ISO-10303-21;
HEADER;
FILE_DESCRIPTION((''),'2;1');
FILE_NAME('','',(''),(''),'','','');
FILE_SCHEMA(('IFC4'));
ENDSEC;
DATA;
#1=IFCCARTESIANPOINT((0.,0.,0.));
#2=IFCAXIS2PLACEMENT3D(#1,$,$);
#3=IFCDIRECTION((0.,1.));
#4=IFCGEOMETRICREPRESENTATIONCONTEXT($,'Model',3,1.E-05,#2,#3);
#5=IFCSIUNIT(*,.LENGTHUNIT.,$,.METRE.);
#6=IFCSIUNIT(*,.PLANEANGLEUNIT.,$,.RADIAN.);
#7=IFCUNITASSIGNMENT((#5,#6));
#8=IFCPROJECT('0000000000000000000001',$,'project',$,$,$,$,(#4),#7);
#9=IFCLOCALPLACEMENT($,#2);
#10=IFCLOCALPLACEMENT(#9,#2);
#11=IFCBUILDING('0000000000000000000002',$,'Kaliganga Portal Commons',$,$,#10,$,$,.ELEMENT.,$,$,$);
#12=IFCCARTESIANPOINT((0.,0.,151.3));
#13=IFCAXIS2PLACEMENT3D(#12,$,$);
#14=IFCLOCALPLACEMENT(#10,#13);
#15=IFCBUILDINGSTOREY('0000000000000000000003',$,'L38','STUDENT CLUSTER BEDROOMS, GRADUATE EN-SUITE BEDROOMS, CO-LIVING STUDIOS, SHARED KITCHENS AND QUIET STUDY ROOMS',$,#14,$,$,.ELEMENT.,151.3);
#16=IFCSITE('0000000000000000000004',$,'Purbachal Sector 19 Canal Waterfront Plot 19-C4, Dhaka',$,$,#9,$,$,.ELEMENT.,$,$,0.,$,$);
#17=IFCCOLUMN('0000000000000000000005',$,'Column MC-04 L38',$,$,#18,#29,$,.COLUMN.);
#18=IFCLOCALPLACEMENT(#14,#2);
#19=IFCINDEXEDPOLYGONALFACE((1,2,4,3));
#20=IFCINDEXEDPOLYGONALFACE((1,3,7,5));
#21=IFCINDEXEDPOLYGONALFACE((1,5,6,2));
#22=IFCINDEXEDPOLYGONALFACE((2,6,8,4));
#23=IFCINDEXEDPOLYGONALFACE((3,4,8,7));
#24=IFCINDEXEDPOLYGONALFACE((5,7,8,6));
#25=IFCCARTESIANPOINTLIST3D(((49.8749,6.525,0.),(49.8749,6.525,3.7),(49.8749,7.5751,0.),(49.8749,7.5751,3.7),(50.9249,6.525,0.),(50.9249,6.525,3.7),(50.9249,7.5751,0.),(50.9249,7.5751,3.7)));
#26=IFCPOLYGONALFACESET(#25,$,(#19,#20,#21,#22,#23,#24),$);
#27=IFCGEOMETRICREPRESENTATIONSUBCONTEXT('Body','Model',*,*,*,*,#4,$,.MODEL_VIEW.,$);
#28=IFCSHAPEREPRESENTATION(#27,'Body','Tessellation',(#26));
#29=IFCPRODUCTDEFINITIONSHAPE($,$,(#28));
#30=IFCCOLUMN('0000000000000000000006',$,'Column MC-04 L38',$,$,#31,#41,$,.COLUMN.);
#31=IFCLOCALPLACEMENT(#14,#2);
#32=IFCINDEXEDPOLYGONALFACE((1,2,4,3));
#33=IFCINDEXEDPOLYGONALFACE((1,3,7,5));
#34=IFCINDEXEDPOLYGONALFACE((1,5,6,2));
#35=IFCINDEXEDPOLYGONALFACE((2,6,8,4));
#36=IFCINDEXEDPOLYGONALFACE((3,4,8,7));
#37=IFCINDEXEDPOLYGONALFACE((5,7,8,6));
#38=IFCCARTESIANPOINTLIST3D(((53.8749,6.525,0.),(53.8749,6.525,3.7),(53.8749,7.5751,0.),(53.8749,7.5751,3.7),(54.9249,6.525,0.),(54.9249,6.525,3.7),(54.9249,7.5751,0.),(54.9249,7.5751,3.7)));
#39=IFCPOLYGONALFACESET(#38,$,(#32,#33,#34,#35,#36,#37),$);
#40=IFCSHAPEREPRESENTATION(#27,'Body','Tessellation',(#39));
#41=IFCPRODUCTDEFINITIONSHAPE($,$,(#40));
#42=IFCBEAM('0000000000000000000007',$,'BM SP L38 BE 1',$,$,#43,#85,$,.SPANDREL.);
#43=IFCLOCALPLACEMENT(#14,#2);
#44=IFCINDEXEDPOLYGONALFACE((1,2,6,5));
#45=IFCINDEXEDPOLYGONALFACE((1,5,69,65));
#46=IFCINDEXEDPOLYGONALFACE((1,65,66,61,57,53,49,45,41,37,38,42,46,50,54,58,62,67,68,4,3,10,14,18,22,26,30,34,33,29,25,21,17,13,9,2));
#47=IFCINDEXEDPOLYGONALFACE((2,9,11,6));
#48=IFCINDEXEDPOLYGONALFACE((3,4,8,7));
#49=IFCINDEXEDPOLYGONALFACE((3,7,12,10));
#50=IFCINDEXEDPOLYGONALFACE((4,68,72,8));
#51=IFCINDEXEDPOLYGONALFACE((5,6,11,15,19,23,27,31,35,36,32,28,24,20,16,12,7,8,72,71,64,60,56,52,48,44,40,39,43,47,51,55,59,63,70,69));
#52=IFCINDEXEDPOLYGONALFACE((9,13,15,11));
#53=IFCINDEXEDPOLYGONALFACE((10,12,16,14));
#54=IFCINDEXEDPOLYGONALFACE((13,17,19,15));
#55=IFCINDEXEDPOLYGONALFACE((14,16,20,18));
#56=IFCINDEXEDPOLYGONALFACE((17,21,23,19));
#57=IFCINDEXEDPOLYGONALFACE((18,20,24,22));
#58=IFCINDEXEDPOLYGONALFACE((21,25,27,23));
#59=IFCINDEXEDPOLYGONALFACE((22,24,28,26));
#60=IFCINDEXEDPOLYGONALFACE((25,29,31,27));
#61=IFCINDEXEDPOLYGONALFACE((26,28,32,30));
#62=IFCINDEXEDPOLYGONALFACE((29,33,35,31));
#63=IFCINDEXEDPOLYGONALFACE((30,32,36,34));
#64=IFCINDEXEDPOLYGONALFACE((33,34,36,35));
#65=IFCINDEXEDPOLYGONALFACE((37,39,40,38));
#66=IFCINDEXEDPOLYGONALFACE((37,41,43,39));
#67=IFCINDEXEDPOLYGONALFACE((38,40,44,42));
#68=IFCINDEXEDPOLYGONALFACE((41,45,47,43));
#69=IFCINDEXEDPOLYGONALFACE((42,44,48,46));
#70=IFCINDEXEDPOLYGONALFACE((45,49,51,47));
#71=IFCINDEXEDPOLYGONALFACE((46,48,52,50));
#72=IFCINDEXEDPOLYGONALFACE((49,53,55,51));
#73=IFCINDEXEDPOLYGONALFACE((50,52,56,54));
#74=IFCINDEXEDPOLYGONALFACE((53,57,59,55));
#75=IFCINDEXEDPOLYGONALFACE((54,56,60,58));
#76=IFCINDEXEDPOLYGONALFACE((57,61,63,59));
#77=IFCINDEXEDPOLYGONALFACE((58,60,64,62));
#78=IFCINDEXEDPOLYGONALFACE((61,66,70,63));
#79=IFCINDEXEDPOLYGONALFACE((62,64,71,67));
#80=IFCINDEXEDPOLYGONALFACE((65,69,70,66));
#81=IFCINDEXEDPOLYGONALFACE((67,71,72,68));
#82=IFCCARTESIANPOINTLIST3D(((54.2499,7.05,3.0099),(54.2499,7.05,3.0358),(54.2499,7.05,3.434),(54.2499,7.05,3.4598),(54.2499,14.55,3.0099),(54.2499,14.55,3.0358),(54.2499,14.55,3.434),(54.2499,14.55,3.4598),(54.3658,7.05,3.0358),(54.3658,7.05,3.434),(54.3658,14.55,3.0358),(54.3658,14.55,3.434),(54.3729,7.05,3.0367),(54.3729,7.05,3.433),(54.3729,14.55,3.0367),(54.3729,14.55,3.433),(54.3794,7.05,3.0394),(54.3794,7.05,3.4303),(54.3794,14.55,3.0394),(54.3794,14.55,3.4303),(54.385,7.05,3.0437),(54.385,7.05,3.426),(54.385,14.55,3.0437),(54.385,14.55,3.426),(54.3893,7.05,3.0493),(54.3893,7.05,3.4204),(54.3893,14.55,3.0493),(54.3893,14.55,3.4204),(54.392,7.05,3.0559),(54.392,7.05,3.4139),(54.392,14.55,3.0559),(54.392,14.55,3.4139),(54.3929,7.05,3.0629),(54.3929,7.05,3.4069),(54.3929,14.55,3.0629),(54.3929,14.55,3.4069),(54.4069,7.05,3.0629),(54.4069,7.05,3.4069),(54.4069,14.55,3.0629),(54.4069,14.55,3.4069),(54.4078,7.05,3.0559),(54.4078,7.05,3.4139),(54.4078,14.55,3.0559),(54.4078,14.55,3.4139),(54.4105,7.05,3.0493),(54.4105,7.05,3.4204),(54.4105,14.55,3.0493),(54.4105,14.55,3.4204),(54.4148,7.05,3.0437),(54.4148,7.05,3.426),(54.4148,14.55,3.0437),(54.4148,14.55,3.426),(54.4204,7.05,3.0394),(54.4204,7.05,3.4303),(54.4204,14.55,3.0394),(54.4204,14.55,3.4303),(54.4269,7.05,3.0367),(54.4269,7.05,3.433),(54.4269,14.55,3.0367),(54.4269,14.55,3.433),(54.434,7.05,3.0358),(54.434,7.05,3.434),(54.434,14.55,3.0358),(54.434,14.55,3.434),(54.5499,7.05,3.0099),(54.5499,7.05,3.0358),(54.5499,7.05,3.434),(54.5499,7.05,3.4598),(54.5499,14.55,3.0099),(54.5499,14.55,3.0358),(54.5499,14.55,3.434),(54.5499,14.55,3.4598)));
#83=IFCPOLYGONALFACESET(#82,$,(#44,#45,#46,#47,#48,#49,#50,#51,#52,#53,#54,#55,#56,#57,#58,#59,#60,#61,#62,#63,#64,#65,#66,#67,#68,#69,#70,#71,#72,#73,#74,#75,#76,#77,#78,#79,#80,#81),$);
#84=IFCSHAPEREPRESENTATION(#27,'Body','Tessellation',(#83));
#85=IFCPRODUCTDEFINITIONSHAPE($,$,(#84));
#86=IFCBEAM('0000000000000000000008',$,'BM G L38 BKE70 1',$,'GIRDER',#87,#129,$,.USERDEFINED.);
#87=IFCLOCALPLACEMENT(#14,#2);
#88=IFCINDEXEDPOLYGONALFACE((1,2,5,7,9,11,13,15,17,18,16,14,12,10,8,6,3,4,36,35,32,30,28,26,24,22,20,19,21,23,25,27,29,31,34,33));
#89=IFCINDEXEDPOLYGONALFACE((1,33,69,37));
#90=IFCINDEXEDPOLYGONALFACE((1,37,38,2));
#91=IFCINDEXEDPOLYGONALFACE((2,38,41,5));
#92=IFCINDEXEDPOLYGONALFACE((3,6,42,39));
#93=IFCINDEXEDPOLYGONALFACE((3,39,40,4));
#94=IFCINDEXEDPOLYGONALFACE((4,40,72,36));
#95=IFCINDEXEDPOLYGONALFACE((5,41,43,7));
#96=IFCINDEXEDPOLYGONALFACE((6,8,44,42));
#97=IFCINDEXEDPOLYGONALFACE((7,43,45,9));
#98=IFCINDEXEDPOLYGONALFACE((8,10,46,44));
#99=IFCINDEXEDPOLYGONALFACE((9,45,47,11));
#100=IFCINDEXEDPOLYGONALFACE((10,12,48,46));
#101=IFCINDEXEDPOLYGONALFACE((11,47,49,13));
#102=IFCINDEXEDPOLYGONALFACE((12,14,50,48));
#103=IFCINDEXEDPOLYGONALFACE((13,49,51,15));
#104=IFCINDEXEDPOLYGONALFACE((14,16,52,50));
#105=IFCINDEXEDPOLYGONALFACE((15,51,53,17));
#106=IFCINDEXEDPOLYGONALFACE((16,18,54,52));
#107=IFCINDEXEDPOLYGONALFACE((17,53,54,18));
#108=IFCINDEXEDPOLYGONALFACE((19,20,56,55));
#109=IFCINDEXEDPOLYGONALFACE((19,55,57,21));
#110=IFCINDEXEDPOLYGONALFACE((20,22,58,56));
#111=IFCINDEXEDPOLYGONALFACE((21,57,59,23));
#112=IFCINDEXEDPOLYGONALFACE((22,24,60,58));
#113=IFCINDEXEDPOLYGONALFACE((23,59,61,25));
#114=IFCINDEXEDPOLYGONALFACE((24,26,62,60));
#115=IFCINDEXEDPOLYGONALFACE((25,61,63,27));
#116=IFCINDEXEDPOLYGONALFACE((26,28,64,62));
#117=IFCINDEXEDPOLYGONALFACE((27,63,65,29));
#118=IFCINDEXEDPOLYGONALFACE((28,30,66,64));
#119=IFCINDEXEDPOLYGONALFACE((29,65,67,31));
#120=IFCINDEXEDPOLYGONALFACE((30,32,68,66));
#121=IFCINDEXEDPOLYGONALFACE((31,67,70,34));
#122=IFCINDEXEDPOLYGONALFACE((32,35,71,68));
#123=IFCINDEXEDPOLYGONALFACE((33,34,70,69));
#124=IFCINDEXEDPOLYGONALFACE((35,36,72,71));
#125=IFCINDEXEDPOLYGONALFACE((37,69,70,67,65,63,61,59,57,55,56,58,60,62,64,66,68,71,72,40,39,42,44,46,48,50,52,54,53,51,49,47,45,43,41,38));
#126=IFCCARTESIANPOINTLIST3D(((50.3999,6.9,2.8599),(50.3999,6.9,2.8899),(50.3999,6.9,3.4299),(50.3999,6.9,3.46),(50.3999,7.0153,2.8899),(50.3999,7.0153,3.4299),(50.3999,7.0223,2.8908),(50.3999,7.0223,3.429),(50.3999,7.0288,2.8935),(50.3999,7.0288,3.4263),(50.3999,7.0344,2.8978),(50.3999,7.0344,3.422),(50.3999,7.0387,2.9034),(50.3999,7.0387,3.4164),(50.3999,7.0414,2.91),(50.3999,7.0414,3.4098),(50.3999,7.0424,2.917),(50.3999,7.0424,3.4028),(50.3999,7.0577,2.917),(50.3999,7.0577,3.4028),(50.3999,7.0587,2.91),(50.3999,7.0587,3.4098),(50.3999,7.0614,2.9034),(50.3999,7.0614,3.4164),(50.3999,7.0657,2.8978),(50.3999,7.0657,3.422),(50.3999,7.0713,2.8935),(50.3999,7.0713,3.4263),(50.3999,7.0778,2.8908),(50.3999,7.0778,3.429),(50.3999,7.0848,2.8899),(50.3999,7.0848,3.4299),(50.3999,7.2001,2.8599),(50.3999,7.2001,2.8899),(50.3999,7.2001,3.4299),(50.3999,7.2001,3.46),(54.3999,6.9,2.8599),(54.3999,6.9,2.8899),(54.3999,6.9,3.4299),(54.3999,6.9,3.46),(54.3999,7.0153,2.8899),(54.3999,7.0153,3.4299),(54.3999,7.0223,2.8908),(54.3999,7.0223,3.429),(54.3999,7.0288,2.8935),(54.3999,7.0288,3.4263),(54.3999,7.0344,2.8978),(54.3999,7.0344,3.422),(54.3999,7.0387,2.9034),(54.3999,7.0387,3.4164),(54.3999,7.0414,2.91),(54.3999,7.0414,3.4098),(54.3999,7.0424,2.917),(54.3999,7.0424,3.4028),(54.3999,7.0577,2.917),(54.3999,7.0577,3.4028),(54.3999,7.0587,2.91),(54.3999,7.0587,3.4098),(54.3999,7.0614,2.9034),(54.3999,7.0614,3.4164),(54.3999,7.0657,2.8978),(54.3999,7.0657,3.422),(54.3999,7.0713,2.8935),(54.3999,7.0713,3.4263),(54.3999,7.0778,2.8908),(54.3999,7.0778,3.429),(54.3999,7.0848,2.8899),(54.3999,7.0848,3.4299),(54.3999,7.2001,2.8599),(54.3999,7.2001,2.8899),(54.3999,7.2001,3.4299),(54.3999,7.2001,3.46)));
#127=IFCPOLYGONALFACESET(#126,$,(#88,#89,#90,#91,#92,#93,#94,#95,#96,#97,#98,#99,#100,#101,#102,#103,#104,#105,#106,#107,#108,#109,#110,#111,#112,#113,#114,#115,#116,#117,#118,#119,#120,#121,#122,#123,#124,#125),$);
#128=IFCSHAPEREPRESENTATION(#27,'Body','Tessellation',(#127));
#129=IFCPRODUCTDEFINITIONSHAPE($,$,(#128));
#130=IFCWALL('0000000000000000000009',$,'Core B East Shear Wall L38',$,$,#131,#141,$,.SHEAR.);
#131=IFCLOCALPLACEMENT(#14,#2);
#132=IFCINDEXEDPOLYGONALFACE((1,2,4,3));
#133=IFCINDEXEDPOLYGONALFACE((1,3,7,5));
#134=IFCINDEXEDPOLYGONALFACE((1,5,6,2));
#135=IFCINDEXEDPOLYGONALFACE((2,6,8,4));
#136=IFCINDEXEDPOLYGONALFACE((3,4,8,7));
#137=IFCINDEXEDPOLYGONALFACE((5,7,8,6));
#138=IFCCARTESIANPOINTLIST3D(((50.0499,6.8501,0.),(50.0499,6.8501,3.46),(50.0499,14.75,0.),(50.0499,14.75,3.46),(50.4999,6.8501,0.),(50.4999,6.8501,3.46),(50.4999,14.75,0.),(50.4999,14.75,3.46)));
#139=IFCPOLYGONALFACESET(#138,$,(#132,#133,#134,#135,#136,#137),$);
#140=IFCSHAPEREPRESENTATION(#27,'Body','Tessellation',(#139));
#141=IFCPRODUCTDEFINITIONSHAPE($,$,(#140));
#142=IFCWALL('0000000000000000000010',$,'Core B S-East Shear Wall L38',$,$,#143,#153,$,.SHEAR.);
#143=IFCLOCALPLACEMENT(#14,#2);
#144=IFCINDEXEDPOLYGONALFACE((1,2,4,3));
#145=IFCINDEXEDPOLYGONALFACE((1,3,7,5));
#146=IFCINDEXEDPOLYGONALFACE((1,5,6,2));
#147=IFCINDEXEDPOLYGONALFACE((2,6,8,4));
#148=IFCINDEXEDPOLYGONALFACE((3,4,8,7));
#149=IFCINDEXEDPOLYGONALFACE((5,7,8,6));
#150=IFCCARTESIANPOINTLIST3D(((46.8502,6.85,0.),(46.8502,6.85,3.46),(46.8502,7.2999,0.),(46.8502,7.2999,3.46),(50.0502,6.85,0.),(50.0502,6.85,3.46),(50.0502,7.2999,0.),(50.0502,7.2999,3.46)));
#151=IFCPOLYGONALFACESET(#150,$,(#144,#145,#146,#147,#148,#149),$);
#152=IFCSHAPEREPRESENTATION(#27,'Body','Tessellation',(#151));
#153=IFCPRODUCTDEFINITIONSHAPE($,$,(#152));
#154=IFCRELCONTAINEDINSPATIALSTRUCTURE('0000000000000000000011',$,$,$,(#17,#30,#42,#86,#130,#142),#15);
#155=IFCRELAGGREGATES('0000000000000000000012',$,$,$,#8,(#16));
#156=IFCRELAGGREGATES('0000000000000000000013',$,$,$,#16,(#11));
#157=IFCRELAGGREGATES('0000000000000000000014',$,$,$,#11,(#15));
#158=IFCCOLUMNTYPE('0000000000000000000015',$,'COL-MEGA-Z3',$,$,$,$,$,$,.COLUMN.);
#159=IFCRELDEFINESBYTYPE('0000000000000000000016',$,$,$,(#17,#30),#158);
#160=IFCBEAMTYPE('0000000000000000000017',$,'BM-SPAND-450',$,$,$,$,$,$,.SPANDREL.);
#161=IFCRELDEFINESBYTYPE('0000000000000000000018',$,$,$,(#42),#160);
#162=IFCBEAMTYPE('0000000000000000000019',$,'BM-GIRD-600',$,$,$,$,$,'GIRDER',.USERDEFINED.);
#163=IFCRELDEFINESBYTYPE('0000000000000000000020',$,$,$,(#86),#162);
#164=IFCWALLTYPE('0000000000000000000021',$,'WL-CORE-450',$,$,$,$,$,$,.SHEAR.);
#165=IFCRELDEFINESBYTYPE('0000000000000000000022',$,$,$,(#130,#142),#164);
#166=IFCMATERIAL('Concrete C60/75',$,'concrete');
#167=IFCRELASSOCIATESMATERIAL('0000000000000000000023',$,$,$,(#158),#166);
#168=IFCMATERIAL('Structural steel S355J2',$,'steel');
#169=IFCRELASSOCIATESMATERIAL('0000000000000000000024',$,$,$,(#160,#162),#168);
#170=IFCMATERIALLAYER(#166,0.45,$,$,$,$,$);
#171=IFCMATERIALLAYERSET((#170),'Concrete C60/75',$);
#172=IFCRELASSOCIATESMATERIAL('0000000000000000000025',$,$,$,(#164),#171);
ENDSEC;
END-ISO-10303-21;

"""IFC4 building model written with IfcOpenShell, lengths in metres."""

from ifc_helpers import new_model, si_unit, direction, frame, frame_2d, origin, origin_2d, place, context, subcontext, project, spatial, rectangle, i_section, extrude, source, transform, mapped, material, layer, layer_set, material_profile, profile_set, type_object, element, save


model = new_model("IFC4")

# Units and contexts
model_context = context("Model", 3, precision=1e-05, world=origin(), true_north=direction((0.0, 1.0)))
body_context = subcontext(model_context, "Body", "Model", "MODEL_VIEW")
ifc_project = project(units=[si_unit("LENGTHUNIT", "METRE"), si_unit("PLANEANGLEUNIT", "RADIAN")], contexts=[model_context])

# Site, building, storey
site_placement = place(None, origin())
site = spatial("IfcSite", under=ifc_project, at=site_placement, Name="Purbachal Sector 19 Canal Waterfront Plot 19-C4, Dhaka", CompositionType="ELEMENT", RefElevation=0.0)
building_placement = place(site_placement, origin())
building = spatial("IfcBuilding", under=site, at=building_placement, Name="Kaliganga Portal Commons", CompositionType="ELEMENT")
storey_placement = place(building_placement, frame((0.0, 0.0, 151.3)))
storey = spatial("IfcBuildingStorey", under=building, at=storey_placement, Name="L38", Description="STUDENT CLUSTER BEDROOMS, GRADUATE EN-SUITE BEDROOMS, CO-LIVING STUDIOS, SHARED KITCHENS AND QUIET STUDY ROOMS", CompositionType="ELEMENT", Elevation=151.3)

# Columns
ifc_material_1 = material(Name="Concrete C60/75", Category="concrete")
ifc_material_profile_1 = material_profile(ifc_material_1, rectangle(XDim=1.05, YDim=1.05, at=origin_2d()), Name="RC 1050x1050")
ifc_profile_set_1 = profile_set([ifc_material_profile_1], Name="Concrete C60/75")
column_type = type_object("IfcColumnType", Name="COL-MEGA-Z3", PredefinedType="COLUMN", material=ifc_profile_set_1)
shared_shape_1 = source(origin(), body_context, "Body", "SweptSolid", [
    extrude(rectangle(XDim=1.05, YDim=1.05, at=origin_2d()), origin(), (0.0, 0.0, 1.0), 3.7),
])
for number, where, z_axis, x_axis, name in (
    (1, (50.3999, 7.05, 0.0), (0.0, 0.0, 1.0), (1.0, 0.0, 0.0), "Column MC-04 L38"),
    (2, (54.3999, 7.05, 0.0), (0.0, 0.0, 1.0), (1.0, 0.0, 0.0), "Column MC-04 L38"),
):
    element("IfcColumn", number, at=place(storey_placement, frame(where, z_axis=z_axis, x_axis=x_axis)), inside=storey, type_object=column_type, Name=name, PredefinedType="COLUMN", context=body_context, shape_type="MappedRepresentation", body=[
        mapped(shared_shape_1, transform((0.0, 0.0, 0.0), x_axis=(1.0, 0.0, 0.0), y_axis=(0.0, 1.0, 0.0), z_axis=(0.0, 0.0, 1.0), scale=1.0)),
    ])

# Beams
ifc_material_2 = material(Name="Structural steel S355J2", Category="steel")
ifc_material_profile_2 = material_profile(ifc_material_2, i_section(OverallWidth=0.3, OverallDepth=0.45, WebThickness=0.0139, FlangeThickness=0.0259, FilletRadius=0.0271, at=origin_2d()), Name="HE 450 B")
ifc_profile_set_2 = profile_set([ifc_material_profile_2], Name="Structural steel S355J2 wide-flange")
beam_type_1 = type_object("IfcBeamType", Name="BM-SPAND-450", PredefinedType="SPANDREL", material=ifc_profile_set_2)
shared_shape_2 = source(origin(), body_context, "Body", "SweptSolid", [
    extrude(i_section(OverallWidth=0.3, OverallDepth=0.45, WebThickness=0.0139, FlangeThickness=0.0259, FilletRadius=0.0271, at=origin_2d()), origin(), (0.0, 0.0, 1.0), 7.5),
])
beam_1_placement = place(storey_placement, frame((54.3999, 7.05, 3.2349), z_axis=(0.0, 1.0, 0.0), x_axis=(-1.0, 0.0, 0.0)))
element("IfcBeam", 3, at=beam_1_placement, inside=storey, type_object=beam_type_1, Name="BM SP L38 BE 1", PredefinedType="SPANDREL", context=body_context, shape_type="MappedRepresentation", body=[
    mapped(shared_shape_2, transform((0.0, 0.0, 0.0), x_axis=(1.0, 0.0, 0.0), y_axis=(0.0, 1.0, 0.0), z_axis=(0.0, 0.0, 1.0), scale=1.0)),
])
ifc_material_profile_3 = material_profile(ifc_material_2, i_section(OverallWidth=0.3, OverallDepth=0.6001, WebThickness=0.0154, FlangeThickness=0.03, FilletRadius=0.0271, at=origin_2d()), Name="HE 600 B")
ifc_profile_set_3 = profile_set([ifc_material_profile_3], Name="Structural steel S355J2 wide-flange")
beam_type_2 = type_object("IfcBeamType", Name="BM-GIRD-600", ElementType="GIRDER", PredefinedType="USERDEFINED", material=ifc_profile_set_3)
shared_shape_3 = source(origin(), body_context, "Body", "SweptSolid", [
    extrude(i_section(OverallWidth=0.3, OverallDepth=0.6001, WebThickness=0.0154, FlangeThickness=0.03, FilletRadius=0.0271, at=origin_2d()), origin(), (0.0, 0.0, 1.0), 4.0),
])
beam_2_placement = place(storey_placement, frame((50.3999, 7.05, 3.1599), z_axis=(1.0, 0.0, 0.0), x_axis=(0.0, 1.0, 0.0)))
element("IfcBeam", 4, at=beam_2_placement, inside=storey, type_object=beam_type_2, Name="BM G L38 BKE70 1", ObjectType="GIRDER", PredefinedType="USERDEFINED", context=body_context, shape_type="MappedRepresentation", body=[
    mapped(shared_shape_3, transform((0.0, 0.0, 0.0), x_axis=(1.0, 0.0, 0.0), y_axis=(0.0, 1.0, 0.0), z_axis=(0.0, 0.0, 1.0), scale=1.0)),
])

# Walls
ifc_layer_1 = layer(ifc_material_1, 0.45)
ifc_layer_set_1 = layer_set([ifc_layer_1], Name="Concrete C60/75")
wall_type_1 = type_object("IfcWallType", Name="WL-CORE-450", PredefinedType="SHEAR", material=ifc_layer_set_1)
wall_1_placement = place(storey_placement, frame((50.2749, 6.8501, 0.0), z_axis=(0.0, 0.0, 1.0), x_axis=(0.0, 1.0, 0.0)))
element("IfcWall", 5, at=wall_1_placement, inside=storey, type_object=wall_type_1, Name="Core B East Shear Wall L38", PredefinedType="SHEAR", context=body_context, shape_type="SweptSolid", body=[
    extrude(rectangle(XDim=7.8999, YDim=0.45, at=frame_2d((3.95, 0.0))), origin(), (0.0, 0.0, 1.0), 3.46),
])
wall_2_placement = place(storey_placement, frame((46.8501, 7.075, 0.0), z_axis=(0.0, 0.0, 1.0), x_axis=(1.0, 0.0, 0.0)))
element("IfcWall", 6, at=wall_2_placement, inside=storey, type_object=wall_type_1, Name="Core B S-East Shear Wall L38", PredefinedType="SHEAR", context=body_context, shape_type="SweptSolid", body=[
    extrude(rectangle(XDim=3.2, YDim=0.45, at=frame_2d((1.6001, 0.0))), origin(), (0.0, 0.0, 1.0), 3.46),
])

save(model, "model.ifc")
